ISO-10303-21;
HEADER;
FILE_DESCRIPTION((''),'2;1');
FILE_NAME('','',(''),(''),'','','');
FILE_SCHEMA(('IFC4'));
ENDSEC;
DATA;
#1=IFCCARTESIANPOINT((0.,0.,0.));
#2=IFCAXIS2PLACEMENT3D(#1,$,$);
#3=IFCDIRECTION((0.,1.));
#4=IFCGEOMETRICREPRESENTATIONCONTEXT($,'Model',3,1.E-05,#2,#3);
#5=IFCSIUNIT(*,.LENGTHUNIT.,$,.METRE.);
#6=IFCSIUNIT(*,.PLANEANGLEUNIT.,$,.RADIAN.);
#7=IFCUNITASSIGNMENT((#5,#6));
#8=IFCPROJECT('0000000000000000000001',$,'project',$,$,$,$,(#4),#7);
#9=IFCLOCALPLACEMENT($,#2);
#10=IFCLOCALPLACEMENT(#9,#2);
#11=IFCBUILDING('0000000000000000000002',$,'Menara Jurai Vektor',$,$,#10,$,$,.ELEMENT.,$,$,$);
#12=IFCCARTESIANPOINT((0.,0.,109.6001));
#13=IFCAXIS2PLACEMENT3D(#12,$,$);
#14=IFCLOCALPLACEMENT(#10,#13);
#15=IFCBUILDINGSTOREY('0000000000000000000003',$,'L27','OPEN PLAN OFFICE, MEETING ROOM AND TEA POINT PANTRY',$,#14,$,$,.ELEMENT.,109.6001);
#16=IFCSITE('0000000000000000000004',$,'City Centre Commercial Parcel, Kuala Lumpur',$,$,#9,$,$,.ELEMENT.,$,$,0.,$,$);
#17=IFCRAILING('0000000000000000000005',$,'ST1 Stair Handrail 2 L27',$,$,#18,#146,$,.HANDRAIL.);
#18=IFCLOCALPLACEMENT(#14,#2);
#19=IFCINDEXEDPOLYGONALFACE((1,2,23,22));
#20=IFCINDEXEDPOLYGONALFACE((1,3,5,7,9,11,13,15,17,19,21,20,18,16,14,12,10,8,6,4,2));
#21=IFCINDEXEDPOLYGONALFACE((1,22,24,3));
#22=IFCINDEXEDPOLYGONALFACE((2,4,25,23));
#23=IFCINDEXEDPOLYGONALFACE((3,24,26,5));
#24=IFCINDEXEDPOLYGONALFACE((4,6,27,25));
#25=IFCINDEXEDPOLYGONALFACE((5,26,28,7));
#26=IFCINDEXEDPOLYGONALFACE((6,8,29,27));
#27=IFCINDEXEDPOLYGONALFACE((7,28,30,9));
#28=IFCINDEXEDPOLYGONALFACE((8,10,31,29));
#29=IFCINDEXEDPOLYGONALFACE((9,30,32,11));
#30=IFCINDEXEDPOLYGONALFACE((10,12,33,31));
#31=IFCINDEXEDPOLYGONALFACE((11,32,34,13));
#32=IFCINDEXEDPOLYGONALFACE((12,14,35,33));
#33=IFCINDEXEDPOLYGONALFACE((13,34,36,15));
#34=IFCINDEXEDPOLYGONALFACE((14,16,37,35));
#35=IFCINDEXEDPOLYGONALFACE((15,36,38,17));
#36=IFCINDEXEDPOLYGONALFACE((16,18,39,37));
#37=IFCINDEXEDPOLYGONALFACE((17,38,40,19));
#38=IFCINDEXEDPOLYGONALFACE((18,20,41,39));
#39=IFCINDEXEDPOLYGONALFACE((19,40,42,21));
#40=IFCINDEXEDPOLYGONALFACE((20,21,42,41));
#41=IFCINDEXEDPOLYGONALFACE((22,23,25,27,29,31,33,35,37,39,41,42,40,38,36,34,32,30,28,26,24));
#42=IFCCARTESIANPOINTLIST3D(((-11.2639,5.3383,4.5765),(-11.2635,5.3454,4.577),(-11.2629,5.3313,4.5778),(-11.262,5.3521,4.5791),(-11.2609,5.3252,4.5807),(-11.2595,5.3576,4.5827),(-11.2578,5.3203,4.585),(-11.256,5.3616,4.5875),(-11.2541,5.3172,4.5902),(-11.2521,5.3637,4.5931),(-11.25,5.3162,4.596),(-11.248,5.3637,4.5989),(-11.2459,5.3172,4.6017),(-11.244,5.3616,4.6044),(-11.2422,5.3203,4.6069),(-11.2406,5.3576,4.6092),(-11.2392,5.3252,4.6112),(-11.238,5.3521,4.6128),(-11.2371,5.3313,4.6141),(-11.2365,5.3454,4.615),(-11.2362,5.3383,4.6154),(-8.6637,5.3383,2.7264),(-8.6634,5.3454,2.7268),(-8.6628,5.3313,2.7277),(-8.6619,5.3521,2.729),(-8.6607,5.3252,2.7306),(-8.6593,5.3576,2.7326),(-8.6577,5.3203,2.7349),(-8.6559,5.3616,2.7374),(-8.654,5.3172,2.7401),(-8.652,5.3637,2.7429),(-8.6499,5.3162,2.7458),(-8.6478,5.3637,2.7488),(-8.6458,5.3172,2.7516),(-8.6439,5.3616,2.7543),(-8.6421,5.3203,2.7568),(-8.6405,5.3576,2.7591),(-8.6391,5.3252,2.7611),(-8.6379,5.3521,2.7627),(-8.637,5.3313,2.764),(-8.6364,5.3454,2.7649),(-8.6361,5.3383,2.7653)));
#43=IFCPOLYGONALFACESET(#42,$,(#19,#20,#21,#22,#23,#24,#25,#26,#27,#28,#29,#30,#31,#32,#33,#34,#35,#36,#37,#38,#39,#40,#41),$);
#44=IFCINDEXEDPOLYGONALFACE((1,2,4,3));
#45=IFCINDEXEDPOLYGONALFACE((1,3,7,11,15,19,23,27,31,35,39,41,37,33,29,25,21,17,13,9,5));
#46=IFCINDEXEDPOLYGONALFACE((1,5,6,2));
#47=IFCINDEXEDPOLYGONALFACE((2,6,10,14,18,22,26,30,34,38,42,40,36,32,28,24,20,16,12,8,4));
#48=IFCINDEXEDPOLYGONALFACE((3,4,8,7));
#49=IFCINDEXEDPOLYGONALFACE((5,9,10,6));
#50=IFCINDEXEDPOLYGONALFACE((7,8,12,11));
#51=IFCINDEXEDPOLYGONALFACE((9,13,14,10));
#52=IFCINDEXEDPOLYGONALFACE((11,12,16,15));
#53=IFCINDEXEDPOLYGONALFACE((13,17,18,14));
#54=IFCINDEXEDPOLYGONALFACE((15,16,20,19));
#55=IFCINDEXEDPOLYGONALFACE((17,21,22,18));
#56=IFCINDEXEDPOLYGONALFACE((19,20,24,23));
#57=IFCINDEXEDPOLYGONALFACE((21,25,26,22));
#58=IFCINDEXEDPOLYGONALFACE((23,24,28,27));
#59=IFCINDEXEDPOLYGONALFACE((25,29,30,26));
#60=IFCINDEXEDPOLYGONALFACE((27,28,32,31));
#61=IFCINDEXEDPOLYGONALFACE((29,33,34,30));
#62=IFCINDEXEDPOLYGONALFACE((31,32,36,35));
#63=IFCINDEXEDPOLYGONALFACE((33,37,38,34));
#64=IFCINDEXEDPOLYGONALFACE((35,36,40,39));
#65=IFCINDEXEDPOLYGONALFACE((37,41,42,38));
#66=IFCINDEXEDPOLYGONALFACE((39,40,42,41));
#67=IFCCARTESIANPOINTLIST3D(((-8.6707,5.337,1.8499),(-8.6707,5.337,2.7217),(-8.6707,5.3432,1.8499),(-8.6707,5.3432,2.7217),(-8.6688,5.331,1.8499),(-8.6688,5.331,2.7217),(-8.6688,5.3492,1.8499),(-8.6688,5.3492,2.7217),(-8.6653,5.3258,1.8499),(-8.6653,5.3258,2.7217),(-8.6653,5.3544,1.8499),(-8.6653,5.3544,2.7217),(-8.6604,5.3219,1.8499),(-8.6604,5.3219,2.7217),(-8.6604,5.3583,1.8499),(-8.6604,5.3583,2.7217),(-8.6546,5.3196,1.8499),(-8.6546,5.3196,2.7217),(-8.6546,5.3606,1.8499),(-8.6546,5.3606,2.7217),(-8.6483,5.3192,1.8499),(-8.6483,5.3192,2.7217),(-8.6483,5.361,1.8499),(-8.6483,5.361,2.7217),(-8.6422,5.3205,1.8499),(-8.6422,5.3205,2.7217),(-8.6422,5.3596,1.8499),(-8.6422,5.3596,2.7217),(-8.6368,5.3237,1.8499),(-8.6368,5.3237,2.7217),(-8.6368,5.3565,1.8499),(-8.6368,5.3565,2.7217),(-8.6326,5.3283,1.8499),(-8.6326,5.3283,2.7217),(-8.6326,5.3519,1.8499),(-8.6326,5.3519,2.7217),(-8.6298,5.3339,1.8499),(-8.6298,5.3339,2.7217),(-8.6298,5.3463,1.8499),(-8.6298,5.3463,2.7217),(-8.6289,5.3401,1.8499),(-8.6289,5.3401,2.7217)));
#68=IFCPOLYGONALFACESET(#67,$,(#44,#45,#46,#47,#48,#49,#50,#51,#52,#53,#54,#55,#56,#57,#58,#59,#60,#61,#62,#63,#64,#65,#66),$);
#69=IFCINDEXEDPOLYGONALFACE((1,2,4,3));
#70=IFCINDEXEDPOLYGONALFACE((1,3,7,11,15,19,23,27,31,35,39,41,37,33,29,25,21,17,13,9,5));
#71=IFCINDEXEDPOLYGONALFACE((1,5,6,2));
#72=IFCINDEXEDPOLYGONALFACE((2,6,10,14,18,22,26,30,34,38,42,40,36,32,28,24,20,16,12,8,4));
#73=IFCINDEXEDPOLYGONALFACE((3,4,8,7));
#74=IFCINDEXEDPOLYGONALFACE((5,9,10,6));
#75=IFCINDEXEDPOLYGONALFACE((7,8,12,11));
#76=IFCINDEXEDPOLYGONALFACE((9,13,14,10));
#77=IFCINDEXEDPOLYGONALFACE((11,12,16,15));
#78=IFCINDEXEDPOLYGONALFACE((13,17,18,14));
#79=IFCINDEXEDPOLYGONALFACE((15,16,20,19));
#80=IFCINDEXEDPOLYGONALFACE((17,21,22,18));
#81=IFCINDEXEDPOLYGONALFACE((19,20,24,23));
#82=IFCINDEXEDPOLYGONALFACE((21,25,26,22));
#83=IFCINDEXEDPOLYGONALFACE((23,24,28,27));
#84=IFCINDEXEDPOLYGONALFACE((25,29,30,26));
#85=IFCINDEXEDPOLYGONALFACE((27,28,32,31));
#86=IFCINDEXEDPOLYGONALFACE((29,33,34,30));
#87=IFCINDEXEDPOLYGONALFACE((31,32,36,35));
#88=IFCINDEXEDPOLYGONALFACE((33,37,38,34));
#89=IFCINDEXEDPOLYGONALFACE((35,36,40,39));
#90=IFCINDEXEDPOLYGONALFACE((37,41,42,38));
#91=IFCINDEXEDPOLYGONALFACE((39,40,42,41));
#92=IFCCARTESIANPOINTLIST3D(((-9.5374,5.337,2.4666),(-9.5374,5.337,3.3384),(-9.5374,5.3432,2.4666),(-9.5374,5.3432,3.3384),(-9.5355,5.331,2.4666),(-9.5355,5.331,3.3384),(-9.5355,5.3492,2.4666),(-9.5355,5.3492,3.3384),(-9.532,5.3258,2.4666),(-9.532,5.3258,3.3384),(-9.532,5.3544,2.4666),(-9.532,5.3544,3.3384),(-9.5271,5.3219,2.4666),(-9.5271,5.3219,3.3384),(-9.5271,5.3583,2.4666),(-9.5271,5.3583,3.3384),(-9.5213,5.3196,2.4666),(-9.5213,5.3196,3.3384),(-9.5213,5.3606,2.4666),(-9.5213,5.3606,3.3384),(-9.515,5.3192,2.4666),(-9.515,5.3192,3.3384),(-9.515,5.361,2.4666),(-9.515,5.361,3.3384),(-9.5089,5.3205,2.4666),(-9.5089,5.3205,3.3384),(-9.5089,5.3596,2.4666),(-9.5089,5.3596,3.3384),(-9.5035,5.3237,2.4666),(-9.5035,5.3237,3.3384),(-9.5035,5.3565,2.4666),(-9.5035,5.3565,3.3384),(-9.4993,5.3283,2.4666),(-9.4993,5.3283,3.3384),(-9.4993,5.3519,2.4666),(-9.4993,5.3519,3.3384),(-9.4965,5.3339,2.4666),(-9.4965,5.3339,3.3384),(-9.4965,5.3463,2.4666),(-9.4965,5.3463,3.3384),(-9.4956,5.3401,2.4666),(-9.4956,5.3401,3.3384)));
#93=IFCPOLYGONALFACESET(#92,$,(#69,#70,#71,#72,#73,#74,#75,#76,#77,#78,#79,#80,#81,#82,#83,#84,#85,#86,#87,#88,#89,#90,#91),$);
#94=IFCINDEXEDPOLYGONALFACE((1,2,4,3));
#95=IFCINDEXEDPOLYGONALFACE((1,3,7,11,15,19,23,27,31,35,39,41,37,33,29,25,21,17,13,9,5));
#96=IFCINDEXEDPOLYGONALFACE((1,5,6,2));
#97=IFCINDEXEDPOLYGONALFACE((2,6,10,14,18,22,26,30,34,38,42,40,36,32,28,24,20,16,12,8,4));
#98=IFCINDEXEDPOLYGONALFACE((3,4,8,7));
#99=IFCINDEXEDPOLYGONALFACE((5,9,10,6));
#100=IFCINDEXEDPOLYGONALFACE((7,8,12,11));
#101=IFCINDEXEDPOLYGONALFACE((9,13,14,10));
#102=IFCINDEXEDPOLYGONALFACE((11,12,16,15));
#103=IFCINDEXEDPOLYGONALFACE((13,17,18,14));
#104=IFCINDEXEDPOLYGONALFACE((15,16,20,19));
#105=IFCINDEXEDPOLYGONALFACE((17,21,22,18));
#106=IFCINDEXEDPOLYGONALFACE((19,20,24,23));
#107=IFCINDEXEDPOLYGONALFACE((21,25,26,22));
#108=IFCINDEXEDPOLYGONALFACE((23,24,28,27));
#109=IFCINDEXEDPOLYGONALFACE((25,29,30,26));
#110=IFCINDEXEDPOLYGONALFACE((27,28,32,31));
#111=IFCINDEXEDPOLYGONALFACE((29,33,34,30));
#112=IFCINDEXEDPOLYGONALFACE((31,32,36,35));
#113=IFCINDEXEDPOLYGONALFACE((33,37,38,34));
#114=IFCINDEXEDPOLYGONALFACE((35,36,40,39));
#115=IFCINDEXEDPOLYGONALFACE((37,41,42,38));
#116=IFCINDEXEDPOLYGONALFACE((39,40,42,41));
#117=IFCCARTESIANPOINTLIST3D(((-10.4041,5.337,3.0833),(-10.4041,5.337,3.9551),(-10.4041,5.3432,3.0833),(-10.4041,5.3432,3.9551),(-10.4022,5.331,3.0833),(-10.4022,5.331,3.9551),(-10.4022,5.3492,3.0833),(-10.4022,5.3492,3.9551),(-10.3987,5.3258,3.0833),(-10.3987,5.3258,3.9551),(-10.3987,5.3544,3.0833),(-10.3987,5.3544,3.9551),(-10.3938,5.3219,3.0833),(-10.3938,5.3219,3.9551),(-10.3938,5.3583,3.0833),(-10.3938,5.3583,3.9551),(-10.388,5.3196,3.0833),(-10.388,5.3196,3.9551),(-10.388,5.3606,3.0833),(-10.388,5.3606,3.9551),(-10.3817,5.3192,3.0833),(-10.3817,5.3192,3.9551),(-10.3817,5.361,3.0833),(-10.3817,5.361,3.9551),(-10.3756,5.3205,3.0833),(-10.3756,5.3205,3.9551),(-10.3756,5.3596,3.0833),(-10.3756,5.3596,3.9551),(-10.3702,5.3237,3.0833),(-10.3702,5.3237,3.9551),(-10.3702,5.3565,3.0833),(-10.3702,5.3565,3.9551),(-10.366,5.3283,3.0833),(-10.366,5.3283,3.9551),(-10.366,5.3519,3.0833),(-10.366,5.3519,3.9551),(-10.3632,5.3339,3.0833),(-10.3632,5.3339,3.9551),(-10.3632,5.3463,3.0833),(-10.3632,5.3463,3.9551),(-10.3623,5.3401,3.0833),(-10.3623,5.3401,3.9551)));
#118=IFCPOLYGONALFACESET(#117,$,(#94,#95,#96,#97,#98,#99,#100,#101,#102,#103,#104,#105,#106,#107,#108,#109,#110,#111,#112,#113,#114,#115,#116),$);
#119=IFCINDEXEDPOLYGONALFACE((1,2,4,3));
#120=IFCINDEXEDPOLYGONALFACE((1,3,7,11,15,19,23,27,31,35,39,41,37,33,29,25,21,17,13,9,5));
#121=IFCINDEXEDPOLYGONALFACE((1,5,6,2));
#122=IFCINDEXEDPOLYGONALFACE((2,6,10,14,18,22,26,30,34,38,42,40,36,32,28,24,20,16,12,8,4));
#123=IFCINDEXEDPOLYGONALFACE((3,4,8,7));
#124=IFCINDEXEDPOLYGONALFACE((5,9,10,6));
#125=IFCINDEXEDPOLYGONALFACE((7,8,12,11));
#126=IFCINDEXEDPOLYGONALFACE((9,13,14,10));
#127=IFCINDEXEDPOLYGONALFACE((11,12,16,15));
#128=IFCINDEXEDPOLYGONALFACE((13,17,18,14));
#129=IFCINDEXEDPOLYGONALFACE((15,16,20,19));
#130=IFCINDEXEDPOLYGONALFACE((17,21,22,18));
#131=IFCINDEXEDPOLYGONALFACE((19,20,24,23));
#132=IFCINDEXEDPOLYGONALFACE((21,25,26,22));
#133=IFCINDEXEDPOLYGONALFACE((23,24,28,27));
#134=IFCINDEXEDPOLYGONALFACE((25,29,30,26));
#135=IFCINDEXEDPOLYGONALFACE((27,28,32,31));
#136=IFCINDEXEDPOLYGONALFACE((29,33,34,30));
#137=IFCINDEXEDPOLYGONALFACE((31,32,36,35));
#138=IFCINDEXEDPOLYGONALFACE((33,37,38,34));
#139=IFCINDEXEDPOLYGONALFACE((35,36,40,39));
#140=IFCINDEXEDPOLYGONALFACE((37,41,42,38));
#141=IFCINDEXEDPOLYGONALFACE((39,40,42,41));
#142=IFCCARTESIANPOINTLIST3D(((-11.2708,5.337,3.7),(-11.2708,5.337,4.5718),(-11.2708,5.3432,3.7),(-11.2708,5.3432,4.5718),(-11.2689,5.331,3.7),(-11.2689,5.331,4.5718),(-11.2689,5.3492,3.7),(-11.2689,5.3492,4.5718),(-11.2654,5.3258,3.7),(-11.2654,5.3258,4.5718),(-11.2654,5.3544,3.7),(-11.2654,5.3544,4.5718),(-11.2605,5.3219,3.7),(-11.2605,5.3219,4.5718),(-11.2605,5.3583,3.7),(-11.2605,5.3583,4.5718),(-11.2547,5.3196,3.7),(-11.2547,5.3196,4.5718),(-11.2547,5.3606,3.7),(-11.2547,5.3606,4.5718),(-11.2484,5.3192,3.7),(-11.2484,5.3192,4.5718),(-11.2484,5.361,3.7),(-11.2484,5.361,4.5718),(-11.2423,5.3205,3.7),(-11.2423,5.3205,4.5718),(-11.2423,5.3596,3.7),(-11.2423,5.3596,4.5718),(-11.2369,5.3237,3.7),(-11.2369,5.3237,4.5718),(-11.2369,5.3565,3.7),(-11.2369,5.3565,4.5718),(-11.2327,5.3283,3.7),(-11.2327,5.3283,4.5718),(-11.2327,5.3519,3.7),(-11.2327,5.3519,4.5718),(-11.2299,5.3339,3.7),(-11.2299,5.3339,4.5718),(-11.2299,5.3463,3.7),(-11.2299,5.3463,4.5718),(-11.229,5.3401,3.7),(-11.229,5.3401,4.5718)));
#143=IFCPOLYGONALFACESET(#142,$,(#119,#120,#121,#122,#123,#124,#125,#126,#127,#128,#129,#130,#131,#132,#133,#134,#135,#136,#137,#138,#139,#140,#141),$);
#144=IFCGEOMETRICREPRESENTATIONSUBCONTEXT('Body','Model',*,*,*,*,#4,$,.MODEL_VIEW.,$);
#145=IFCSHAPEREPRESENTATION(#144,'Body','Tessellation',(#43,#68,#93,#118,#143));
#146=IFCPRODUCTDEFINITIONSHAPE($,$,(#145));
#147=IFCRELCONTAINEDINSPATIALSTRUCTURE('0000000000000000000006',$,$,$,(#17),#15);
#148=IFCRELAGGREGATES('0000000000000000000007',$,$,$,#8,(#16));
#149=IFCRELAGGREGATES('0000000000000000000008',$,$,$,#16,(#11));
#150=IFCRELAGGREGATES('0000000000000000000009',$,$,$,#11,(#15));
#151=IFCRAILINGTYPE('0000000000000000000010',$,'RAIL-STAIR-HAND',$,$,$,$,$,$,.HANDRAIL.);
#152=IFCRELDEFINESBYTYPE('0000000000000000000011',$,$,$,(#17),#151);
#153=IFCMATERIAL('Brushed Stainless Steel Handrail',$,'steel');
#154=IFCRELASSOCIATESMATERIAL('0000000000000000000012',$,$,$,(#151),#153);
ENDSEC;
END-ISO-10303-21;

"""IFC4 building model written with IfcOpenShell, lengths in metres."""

from ifc_helpers import new_model, si_unit, direction, frame, origin, origin_2d, place, context, subcontext, project, spatial, circle, extrude, material, type_object, element, save


model = new_model("IFC4")

# Units and contexts
model_context = context("Model", 3, precision=1e-05, world=origin(), true_north=direction((0.0, 1.0)))
body_context = subcontext(model_context, "Body", "Model", "MODEL_VIEW")
ifc_project = project(units=[si_unit("LENGTHUNIT", "METRE"), si_unit("PLANEANGLEUNIT", "RADIAN")], contexts=[model_context])

# Site, building, storey
site_placement = place(None, origin())
site = spatial("IfcSite", under=ifc_project, at=site_placement, Name="City Centre Commercial Parcel, Kuala Lumpur", CompositionType="ELEMENT", RefElevation=0.0)
building_placement = place(site_placement, origin())
building = spatial("IfcBuilding", under=site, at=building_placement, Name="Menara Jurai Vektor", CompositionType="ELEMENT")
storey_placement = place(building_placement, frame((0.0, 0.0, 109.6001)))
storey = spatial("IfcBuildingStorey", under=building, at=storey_placement, Name="L27", Description="OPEN PLAN OFFICE, MEETING ROOM AND TEA POINT PANTRY", CompositionType="ELEMENT", Elevation=109.6001)

# Railing
ifc_material_1 = material(Name="Brushed Stainless Steel Handrail", Category="steel")
railing_type_1 = type_object("IfcRailingType", Name="RAIL-STAIR-HAND", PredefinedType="HANDRAIL", material=ifc_material_1)
railing_1_placement = place(storey_placement, frame((-8.6499, 5.3401, 1.8499)))
element("IfcRailing", 1, at=railing_1_placement, inside=storey, type_object=railing_type_1, Name="ST1 Stair Handrail 2 L27", PredefinedType="HANDRAIL", context=body_context, shape_type="SweptSolid", body=[
    extrude(circle(Radius=0.0239, at=origin_2d()), frame((0.0, 0.0, 0.896), z_axis=(-0.814787, 0.0, 0.579761), x_axis=(0.0, -1.0, 0.0)), (0.0, 0.0, 1.0), 3.1912),
    extrude(circle(Radius=0.021, at=origin_2d()), origin(), (0.0, 0.0, 1.0), 0.8718),
    extrude(circle(Radius=0.021, at=origin_2d()), frame((-0.8667, 0.0, 0.6167)), (0.0, 0.0, 1.0), 0.8718),
    extrude(circle(Radius=0.021, at=origin_2d()), frame((-1.7334, 0.0, 1.2334)), (0.0, 0.0, 1.0), 0.8718),
    extrude(circle(Radius=0.021, at=origin_2d()), frame((-2.6001, 0.0, 1.8501)), (0.0, 0.0, 1.0), 0.8718),
])

save(model, "model.ifc")
